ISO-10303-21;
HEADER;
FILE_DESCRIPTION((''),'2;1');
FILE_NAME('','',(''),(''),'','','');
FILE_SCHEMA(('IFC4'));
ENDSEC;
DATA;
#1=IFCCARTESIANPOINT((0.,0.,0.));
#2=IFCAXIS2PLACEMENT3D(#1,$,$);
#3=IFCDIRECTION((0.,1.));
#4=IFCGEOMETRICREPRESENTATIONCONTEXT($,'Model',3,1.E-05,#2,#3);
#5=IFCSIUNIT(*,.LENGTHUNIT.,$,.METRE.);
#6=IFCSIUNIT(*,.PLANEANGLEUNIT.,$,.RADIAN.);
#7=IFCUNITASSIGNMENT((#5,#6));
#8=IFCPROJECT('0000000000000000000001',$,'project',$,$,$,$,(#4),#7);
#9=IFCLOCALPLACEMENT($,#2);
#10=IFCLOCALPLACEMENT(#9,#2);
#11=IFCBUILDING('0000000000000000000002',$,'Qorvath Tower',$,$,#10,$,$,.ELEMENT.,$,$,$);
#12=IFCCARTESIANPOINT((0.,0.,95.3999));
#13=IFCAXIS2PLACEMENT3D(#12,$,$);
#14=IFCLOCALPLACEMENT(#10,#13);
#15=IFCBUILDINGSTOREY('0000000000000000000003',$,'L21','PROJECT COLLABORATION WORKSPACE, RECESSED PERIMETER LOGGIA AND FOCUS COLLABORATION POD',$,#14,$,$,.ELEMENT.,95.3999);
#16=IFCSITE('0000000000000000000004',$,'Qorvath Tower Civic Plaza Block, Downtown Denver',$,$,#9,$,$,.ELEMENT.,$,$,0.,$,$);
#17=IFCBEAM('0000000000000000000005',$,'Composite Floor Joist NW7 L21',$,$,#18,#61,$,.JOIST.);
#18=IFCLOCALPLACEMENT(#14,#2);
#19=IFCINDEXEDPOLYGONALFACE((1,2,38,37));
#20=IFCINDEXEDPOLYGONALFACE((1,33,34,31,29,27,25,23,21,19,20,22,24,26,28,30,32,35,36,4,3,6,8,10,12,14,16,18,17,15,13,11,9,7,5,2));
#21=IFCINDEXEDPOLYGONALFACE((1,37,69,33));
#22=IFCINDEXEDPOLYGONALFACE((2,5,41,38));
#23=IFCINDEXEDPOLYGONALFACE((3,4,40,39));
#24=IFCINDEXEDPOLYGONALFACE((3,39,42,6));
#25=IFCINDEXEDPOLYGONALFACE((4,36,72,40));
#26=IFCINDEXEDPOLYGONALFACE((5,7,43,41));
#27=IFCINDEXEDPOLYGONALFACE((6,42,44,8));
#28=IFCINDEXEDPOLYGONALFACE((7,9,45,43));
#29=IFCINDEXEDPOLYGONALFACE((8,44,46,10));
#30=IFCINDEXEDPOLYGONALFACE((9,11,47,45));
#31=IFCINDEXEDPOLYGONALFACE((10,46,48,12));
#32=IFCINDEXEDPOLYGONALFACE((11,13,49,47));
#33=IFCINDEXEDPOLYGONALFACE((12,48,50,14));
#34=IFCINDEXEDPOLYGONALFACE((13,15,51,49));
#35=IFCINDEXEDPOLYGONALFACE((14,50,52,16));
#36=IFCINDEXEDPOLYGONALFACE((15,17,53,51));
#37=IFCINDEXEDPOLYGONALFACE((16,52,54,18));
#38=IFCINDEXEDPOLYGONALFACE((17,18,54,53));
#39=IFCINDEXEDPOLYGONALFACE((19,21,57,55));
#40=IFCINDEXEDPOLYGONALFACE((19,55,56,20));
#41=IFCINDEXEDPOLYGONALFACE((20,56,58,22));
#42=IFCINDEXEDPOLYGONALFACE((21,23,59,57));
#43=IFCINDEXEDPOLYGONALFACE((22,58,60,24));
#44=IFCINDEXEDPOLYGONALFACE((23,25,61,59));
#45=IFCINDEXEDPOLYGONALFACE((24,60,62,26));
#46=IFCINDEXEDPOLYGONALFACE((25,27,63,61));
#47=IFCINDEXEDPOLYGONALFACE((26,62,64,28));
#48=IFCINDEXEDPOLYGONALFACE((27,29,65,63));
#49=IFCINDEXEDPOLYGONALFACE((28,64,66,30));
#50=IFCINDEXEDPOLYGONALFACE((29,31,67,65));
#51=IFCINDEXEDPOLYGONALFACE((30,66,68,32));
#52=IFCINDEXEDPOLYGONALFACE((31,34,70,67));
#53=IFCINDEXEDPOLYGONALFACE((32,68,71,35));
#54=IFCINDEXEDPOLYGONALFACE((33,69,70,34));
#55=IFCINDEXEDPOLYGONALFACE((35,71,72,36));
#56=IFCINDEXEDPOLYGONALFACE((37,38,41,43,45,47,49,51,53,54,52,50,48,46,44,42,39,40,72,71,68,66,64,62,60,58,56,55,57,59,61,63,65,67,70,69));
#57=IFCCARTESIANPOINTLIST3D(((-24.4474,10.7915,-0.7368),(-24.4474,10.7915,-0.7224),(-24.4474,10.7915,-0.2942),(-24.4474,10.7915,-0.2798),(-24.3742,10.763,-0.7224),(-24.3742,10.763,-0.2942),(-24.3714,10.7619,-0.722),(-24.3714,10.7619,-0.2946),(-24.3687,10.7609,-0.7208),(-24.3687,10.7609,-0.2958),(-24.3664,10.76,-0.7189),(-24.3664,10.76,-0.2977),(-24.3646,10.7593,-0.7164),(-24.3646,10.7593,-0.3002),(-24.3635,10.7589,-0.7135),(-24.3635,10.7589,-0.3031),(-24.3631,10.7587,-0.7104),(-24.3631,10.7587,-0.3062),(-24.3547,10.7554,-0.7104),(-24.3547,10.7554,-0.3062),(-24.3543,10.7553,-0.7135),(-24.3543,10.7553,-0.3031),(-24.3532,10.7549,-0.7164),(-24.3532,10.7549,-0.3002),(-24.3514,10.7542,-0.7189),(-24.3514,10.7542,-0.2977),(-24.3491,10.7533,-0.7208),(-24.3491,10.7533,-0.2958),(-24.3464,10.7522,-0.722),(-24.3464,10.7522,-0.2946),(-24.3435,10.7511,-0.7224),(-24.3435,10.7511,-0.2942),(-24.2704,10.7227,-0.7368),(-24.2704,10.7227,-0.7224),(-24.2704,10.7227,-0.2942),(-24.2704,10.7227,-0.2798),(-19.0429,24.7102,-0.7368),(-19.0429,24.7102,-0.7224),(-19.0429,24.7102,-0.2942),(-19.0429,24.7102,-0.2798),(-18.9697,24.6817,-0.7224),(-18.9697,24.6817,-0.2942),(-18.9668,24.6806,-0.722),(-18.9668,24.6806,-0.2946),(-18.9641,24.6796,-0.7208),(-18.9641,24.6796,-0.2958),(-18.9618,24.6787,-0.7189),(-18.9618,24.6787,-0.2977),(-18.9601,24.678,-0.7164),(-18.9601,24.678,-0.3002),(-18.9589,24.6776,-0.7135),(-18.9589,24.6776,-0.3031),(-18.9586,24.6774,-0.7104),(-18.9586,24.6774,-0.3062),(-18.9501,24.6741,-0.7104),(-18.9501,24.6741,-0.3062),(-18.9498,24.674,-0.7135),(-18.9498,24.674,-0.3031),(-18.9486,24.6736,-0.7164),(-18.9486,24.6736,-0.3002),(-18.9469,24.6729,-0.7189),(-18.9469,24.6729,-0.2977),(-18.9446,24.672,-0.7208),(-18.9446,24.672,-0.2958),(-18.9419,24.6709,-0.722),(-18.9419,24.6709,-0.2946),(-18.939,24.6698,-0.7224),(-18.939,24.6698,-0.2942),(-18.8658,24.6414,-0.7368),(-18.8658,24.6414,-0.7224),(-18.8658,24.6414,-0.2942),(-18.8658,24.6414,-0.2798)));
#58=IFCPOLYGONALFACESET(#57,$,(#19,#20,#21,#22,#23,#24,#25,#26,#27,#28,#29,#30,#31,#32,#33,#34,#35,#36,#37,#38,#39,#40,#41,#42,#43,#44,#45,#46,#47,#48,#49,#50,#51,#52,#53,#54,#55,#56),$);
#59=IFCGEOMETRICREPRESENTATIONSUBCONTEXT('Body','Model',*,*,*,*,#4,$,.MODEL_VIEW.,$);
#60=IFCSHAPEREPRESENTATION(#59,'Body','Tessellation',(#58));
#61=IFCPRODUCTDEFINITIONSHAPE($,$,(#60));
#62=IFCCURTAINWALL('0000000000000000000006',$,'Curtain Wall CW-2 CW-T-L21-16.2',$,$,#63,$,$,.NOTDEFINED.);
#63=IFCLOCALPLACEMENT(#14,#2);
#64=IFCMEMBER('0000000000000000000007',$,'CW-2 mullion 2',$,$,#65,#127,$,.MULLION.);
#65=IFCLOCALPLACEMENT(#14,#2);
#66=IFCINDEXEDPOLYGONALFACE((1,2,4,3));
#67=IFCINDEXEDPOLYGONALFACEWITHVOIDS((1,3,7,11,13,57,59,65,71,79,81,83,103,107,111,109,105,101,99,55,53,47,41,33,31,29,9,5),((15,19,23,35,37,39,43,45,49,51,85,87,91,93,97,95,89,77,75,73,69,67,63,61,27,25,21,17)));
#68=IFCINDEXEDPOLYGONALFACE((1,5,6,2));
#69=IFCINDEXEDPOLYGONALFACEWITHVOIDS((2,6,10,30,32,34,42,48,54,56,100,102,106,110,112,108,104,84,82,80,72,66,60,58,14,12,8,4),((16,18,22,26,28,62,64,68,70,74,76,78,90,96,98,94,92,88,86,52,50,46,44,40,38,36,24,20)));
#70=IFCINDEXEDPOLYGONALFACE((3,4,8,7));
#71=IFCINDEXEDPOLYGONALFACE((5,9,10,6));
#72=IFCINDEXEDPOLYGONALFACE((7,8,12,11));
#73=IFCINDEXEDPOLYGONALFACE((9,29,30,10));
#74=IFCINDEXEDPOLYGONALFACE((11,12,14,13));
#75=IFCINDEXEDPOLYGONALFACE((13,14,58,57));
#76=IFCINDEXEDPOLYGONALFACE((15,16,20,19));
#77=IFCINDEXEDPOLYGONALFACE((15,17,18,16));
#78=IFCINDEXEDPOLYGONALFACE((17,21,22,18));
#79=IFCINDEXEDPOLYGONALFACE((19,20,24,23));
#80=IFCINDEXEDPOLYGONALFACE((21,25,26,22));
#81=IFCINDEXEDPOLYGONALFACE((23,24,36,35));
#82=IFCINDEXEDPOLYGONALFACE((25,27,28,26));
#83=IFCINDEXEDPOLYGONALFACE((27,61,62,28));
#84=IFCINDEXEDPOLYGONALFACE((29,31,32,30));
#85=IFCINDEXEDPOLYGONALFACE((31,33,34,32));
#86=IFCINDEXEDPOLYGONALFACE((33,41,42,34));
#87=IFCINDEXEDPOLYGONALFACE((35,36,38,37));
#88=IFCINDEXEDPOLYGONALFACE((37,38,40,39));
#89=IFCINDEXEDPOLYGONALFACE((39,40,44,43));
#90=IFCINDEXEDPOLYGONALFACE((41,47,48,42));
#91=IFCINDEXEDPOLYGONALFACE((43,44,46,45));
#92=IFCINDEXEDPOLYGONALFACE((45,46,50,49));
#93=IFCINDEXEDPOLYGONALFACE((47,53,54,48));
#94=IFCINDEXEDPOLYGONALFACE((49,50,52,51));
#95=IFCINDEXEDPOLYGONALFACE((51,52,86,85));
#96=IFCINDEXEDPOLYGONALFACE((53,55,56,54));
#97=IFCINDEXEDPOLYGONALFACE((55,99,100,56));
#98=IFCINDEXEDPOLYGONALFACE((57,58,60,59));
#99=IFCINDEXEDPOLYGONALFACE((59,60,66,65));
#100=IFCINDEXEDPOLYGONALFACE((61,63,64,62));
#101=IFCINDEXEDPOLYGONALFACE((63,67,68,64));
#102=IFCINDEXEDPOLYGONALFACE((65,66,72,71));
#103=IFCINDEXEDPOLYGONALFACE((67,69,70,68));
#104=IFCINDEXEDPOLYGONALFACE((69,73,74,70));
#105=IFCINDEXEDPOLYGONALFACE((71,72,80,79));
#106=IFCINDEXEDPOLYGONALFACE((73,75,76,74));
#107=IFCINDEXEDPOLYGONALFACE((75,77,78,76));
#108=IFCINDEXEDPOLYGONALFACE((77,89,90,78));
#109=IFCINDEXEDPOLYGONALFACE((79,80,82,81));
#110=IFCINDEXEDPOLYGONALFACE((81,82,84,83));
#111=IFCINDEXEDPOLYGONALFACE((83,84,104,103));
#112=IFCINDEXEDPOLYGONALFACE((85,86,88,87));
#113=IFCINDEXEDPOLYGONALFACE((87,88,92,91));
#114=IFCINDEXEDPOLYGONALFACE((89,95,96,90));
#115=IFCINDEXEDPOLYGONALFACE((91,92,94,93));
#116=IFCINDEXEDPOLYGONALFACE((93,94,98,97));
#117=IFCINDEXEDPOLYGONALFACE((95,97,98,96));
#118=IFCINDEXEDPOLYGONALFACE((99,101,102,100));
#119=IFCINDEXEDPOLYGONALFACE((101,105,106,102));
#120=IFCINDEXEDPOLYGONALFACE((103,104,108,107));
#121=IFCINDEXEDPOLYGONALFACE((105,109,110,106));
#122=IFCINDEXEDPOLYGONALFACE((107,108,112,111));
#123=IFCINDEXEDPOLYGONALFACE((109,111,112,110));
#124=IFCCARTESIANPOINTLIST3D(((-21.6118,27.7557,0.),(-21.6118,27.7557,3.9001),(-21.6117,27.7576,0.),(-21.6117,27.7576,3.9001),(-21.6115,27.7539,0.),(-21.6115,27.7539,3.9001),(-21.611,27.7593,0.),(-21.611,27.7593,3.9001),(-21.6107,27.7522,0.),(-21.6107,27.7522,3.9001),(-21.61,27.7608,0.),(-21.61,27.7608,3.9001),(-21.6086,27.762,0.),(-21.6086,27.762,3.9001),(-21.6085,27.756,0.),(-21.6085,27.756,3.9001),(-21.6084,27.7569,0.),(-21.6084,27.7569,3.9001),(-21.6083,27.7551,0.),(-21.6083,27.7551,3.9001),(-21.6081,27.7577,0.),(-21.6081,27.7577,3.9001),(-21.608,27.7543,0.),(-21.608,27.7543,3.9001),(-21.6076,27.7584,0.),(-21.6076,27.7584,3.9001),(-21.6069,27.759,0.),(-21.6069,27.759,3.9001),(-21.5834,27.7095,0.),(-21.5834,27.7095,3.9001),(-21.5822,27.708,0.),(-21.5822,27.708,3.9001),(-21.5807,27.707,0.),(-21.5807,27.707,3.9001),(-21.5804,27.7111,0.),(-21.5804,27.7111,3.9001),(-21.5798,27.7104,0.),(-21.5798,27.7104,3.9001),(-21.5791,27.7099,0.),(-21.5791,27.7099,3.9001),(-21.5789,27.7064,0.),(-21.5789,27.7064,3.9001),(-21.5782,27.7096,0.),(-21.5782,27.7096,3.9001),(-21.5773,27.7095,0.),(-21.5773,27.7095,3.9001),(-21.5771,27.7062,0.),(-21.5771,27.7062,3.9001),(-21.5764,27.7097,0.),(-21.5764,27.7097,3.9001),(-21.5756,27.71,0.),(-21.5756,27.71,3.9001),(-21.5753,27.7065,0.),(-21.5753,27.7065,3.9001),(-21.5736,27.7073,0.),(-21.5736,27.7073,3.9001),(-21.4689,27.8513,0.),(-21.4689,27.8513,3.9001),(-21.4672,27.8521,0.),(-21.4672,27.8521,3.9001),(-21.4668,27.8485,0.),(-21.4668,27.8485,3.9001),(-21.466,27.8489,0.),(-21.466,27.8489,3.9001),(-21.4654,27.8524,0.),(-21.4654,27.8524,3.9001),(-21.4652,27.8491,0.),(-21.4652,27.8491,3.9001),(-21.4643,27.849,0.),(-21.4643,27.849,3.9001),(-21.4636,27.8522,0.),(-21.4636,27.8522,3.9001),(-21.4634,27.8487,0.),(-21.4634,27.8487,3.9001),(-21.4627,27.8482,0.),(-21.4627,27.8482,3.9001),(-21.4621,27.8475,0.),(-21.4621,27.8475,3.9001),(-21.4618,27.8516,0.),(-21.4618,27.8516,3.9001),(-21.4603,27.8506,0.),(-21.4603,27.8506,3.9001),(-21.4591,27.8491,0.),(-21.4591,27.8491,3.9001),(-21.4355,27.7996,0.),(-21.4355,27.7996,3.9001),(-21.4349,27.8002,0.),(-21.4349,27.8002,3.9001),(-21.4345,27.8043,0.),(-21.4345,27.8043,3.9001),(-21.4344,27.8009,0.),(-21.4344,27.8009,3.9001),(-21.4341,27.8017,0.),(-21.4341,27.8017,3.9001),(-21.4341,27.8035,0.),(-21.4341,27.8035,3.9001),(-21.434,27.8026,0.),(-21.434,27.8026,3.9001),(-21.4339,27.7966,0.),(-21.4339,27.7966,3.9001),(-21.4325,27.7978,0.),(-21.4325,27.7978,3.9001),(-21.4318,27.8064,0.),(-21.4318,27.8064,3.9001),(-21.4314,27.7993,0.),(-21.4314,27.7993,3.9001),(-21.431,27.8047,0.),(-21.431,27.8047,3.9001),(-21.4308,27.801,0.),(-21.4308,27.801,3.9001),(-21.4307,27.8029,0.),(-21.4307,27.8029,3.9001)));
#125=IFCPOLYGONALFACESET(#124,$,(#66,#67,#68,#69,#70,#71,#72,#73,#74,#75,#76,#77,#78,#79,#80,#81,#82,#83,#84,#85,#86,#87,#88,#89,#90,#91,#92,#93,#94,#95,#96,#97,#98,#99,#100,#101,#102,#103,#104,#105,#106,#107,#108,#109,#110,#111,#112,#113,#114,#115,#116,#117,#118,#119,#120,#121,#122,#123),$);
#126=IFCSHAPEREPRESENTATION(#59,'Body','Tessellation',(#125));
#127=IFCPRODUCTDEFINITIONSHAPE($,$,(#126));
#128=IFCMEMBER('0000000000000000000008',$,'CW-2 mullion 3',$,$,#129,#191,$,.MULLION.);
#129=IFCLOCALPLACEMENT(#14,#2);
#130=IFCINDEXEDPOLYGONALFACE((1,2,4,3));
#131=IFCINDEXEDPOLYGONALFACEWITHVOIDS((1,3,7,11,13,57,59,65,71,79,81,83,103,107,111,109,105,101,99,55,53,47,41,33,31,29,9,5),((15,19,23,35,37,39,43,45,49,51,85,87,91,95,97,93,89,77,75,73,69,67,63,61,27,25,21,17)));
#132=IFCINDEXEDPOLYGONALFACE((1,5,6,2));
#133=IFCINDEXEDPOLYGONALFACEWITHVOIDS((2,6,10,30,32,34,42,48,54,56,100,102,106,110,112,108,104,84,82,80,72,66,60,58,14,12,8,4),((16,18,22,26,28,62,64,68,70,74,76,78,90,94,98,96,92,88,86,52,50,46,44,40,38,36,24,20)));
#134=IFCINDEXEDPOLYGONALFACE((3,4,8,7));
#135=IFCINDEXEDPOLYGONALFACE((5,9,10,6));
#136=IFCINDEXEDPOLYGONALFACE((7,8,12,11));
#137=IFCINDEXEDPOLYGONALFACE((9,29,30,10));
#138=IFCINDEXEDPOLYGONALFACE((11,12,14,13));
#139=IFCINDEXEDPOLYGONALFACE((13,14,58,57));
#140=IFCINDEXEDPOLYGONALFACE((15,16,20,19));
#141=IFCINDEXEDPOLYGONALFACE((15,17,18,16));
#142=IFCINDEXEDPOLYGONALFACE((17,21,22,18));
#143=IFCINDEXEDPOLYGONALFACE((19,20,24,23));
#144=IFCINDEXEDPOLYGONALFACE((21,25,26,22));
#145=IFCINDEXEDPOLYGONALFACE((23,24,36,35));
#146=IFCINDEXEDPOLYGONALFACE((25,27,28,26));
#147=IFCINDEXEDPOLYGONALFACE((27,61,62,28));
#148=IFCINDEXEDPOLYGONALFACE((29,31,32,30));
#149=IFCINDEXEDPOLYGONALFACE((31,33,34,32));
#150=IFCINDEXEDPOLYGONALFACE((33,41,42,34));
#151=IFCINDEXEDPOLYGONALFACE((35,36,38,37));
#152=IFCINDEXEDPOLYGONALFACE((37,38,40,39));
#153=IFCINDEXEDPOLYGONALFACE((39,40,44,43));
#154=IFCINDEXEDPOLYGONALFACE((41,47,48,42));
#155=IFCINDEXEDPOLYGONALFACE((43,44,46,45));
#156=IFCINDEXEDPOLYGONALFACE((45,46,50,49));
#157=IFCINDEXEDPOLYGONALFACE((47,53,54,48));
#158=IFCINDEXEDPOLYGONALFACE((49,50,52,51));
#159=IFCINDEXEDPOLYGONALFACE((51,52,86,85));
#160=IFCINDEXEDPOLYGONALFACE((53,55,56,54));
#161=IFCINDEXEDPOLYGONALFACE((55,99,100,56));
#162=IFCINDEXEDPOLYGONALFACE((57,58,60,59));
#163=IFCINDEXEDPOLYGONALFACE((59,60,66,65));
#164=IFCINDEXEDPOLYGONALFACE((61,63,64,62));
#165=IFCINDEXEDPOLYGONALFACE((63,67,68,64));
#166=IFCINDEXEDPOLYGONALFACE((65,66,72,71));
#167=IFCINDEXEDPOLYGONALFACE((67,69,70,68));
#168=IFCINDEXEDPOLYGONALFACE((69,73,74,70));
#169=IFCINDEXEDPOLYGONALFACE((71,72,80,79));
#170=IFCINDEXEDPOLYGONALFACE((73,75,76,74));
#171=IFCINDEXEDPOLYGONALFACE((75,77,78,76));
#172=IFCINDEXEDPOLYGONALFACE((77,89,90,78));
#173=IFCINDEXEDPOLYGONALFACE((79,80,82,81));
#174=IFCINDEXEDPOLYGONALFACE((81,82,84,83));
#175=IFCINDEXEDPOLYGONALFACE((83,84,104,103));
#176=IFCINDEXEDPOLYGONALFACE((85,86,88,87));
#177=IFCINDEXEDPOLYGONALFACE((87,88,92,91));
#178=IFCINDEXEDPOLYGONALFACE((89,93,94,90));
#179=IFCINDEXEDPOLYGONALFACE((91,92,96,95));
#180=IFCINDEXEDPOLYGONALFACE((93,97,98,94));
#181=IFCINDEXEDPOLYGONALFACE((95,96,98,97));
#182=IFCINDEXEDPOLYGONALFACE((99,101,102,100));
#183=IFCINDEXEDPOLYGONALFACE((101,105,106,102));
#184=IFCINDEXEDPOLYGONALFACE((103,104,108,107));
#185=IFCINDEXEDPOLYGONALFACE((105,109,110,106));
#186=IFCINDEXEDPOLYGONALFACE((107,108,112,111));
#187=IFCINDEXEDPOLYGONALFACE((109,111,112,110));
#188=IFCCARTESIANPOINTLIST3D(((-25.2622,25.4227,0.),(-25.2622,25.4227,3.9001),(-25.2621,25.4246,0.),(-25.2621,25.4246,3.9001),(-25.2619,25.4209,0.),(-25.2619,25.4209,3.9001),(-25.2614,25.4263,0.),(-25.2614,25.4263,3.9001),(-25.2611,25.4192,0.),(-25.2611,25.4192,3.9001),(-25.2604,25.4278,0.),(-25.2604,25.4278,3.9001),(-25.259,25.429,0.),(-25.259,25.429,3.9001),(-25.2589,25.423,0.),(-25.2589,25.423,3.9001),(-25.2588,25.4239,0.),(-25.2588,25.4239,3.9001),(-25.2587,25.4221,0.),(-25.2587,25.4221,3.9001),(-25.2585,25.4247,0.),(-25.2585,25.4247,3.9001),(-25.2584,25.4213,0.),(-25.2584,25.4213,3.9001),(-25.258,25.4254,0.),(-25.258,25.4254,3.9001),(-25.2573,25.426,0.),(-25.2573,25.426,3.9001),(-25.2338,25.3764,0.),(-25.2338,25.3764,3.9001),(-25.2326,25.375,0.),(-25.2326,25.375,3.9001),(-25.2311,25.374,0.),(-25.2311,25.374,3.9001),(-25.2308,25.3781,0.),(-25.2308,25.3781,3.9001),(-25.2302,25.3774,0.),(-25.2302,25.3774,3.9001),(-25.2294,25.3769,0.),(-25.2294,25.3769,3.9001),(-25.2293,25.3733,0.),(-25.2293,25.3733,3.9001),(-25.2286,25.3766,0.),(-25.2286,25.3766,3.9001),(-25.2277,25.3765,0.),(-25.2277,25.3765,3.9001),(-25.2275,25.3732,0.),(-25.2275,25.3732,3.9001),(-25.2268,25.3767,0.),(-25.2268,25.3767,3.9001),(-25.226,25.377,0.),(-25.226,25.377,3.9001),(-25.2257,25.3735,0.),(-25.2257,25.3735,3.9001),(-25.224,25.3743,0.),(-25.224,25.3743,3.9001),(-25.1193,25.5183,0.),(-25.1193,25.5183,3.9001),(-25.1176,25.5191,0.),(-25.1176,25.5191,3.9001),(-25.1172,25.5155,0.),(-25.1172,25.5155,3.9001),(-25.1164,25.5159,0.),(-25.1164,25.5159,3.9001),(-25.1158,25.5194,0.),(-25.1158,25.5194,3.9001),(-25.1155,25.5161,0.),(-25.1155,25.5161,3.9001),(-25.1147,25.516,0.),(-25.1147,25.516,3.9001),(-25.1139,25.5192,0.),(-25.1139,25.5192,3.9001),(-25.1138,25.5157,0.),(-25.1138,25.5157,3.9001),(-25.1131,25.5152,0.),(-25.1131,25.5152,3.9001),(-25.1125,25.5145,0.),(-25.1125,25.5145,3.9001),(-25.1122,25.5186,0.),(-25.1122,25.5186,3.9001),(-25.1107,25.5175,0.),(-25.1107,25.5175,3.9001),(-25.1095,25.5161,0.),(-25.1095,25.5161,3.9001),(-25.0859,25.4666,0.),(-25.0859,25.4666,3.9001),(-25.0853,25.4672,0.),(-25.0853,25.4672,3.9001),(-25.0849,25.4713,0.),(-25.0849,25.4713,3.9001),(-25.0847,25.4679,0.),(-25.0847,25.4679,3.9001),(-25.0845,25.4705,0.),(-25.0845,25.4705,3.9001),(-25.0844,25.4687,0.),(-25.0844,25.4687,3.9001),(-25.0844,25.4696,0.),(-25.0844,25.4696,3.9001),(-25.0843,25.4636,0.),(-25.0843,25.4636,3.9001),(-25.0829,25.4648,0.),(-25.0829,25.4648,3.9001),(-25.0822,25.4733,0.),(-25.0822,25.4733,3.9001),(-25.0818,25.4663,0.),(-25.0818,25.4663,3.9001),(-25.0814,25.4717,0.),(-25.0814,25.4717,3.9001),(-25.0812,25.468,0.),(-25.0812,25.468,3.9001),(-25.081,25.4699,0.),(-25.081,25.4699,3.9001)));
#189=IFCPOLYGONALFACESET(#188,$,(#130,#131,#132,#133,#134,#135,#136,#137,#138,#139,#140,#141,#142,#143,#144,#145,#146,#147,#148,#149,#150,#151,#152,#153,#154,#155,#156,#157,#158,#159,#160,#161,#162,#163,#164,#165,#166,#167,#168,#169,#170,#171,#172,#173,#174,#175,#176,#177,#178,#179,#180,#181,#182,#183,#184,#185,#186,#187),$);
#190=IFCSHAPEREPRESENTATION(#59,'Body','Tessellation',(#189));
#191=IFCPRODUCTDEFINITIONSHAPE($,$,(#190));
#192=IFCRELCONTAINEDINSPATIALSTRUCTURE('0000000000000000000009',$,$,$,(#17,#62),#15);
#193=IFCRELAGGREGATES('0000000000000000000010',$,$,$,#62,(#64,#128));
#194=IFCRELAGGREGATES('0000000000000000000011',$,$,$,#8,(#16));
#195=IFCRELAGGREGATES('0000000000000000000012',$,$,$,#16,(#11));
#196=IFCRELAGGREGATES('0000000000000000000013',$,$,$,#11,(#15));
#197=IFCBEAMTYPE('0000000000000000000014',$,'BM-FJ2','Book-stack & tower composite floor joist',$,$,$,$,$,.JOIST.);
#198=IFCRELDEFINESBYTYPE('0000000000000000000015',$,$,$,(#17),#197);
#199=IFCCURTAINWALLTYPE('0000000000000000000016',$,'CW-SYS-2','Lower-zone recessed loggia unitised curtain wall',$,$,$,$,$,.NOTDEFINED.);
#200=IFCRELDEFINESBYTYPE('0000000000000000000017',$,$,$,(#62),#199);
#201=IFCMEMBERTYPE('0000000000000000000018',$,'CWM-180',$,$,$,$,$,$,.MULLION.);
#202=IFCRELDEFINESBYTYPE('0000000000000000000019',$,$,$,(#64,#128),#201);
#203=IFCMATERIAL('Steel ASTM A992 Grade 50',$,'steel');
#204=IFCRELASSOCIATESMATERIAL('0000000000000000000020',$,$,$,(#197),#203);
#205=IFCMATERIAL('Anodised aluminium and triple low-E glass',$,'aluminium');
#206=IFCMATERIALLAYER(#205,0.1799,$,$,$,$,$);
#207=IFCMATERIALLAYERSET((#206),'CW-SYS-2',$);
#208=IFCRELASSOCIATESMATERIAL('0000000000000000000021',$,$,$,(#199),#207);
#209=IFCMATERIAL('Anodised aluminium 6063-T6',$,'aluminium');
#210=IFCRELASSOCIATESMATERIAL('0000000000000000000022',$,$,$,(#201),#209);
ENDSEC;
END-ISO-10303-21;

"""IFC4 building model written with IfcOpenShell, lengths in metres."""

from ifc_helpers import new_model, si_unit, direction, frame, origin, origin_2d, place, context, subcontext, project, spatial, hollow_rectangle, i_section, extrude, material, layer, layer_set, material_profile, profile_set, type_object, element, aggregate, save


model = new_model("IFC4")

# Units and contexts
model_context = context("Model", 3, precision=1e-05, world=origin(), true_north=direction((0.0, 1.0)))
body_context = subcontext(model_context, "Body", "Model", "MODEL_VIEW")
ifc_project = project(units=[si_unit("LENGTHUNIT", "METRE"), si_unit("PLANEANGLEUNIT", "RADIAN")], contexts=[model_context])

# Site, building, storey
site_placement = place(None, origin())
site = spatial("IfcSite", under=ifc_project, at=site_placement, Name="Qorvath Tower Civic Plaza Block, Downtown Denver", CompositionType="ELEMENT", RefElevation=0.0)
building_placement = place(site_placement, origin())
building = spatial("IfcBuilding", under=site, at=building_placement, Name="Qorvath Tower", CompositionType="ELEMENT")
storey_placement = place(building_placement, frame((0.0, 0.0, 95.3999)))
storey = spatial("IfcBuildingStorey", under=building, at=storey_placement, Name="L21", Description="PROJECT COLLABORATION WORKSPACE, RECESSED PERIMETER LOGGIA AND FOCUS COLLABORATION POD", CompositionType="ELEMENT", Elevation=95.3999)

# Beam
ifc_material_1 = material(Name="Steel ASTM A992 Grade 50", Category="steel")
ifc_material_profile_1 = material_profile(ifc_material_1, i_section(OverallWidth=0.1899, OverallDepth=0.457, WebThickness=0.009, FlangeThickness=0.0144, FilletRadius=0.012, at=origin_2d()), Name="W18x50")
ifc_profile_set_1 = profile_set([ifc_material_profile_1], Name="Steel ASTM A992 Grade 50")
beam_type_1 = type_object("IfcBeamType", Name="BM-FJ2", Description="Book-stack & tower composite floor joist", PredefinedType="JOIST", material=ifc_profile_set_1)
beam_1_placement = place(storey_placement, frame((-24.3589, 10.7571, -0.5083), z_axis=(0.361964, 0.932192, 0.0), x_axis=(-0.932192, 0.361964, 0.0)))
element("IfcBeam", 1, at=beam_1_placement, inside=storey, type_object=beam_type_1, Name="Composite Floor Joist NW7 L21", PredefinedType="JOIST", context=body_context, shape_type="SweptSolid", body=[
    extrude(i_section(OverallWidth=0.1899, OverallDepth=0.457, WebThickness=0.009, FlangeThickness=0.0144, FilletRadius=0.012, at=origin_2d()), origin(), (0.0, 0.0, 1.0), 14.9312),
])

# Curtain wall, members
ifc_material_2 = material(Name="Anodised aluminium and triple low-E glass", Category="aluminium")
ifc_layer_1 = layer(ifc_material_2, 0.1799)
ifc_layer_set_1 = layer_set([ifc_layer_1], Name="CW-SYS-2")
curtain_wall_type = type_object("IfcCurtainWallType", Name="CW-SYS-2", Description="Lower-zone recessed loggia unitised curtain wall", PredefinedType="NOTDEFINED", material=ifc_layer_set_1)
curtain_wall_1_placement = place(storey_placement, origin())
curtain_wall_1 = element("IfcCurtainWall", 2, at=curtain_wall_1_placement, inside=storey, type_object=curtain_wall_type, Name="Curtain Wall CW-2 CW-T-L21-16.2", PredefinedType="NOTDEFINED")
ifc_material_3 = material(Name="Anodised aluminium 6063-T6", Category="aluminium")
ifc_material_profile_2 = material_profile(ifc_material_3, hollow_rectangle(XDim=0.0649, YDim=0.1799, WallThickness=0.0034, InnerFilletRadius=0.0034, OuterFilletRadius=0.0071, at=origin_2d()), Name="CWM 180x65")
ifc_profile_set_2 = profile_set([ifc_material_profile_2], Name="Anodised aluminium 6063-T6")
member_type_1 = type_object("IfcMemberType", Name="CWM-180", PredefinedType="MULLION", material=ifc_profile_set_2)
member_1_placement = place(storey_placement, frame((-21.5212, 27.7793, 0.0), z_axis=(0.0, 0.0, 1.0), x_axis=(0.53854, -0.8426, 0.0)))
member_1 = element("IfcMember", 3, at=member_1_placement, type_object=member_type_1, Name="CW-2 mullion 2", PredefinedType="MULLION", context=body_context, shape_type="SweptSolid", body=[
    extrude(hollow_rectangle(XDim=0.0649, YDim=0.1799, WallThickness=0.0034, InnerFilletRadius=0.0034, OuterFilletRadius=0.0071, at=origin_2d()), origin(), (0.0, 0.0, 1.0), 3.9001),
])
member_2_placement = place(storey_placement, frame((-25.1716, 25.4463, 0.0), z_axis=(0.0, 0.0, 1.0), x_axis=(0.53854, -0.8426, 0.0)))
member_2 = element("IfcMember", 4, at=member_2_placement, type_object=member_type_1, Name="CW-2 mullion 3", PredefinedType="MULLION", context=body_context, shape_type="SweptSolid", body=[
    extrude(hollow_rectangle(XDim=0.0649, YDim=0.1799, WallThickness=0.0034, InnerFilletRadius=0.0034, OuterFilletRadius=0.0071, at=origin_2d()), origin(), (0.0, 0.0, 1.0), 3.9001),
])

aggregate(curtain_wall_1, [member_1, member_2])

save(model, "model.ifc")
